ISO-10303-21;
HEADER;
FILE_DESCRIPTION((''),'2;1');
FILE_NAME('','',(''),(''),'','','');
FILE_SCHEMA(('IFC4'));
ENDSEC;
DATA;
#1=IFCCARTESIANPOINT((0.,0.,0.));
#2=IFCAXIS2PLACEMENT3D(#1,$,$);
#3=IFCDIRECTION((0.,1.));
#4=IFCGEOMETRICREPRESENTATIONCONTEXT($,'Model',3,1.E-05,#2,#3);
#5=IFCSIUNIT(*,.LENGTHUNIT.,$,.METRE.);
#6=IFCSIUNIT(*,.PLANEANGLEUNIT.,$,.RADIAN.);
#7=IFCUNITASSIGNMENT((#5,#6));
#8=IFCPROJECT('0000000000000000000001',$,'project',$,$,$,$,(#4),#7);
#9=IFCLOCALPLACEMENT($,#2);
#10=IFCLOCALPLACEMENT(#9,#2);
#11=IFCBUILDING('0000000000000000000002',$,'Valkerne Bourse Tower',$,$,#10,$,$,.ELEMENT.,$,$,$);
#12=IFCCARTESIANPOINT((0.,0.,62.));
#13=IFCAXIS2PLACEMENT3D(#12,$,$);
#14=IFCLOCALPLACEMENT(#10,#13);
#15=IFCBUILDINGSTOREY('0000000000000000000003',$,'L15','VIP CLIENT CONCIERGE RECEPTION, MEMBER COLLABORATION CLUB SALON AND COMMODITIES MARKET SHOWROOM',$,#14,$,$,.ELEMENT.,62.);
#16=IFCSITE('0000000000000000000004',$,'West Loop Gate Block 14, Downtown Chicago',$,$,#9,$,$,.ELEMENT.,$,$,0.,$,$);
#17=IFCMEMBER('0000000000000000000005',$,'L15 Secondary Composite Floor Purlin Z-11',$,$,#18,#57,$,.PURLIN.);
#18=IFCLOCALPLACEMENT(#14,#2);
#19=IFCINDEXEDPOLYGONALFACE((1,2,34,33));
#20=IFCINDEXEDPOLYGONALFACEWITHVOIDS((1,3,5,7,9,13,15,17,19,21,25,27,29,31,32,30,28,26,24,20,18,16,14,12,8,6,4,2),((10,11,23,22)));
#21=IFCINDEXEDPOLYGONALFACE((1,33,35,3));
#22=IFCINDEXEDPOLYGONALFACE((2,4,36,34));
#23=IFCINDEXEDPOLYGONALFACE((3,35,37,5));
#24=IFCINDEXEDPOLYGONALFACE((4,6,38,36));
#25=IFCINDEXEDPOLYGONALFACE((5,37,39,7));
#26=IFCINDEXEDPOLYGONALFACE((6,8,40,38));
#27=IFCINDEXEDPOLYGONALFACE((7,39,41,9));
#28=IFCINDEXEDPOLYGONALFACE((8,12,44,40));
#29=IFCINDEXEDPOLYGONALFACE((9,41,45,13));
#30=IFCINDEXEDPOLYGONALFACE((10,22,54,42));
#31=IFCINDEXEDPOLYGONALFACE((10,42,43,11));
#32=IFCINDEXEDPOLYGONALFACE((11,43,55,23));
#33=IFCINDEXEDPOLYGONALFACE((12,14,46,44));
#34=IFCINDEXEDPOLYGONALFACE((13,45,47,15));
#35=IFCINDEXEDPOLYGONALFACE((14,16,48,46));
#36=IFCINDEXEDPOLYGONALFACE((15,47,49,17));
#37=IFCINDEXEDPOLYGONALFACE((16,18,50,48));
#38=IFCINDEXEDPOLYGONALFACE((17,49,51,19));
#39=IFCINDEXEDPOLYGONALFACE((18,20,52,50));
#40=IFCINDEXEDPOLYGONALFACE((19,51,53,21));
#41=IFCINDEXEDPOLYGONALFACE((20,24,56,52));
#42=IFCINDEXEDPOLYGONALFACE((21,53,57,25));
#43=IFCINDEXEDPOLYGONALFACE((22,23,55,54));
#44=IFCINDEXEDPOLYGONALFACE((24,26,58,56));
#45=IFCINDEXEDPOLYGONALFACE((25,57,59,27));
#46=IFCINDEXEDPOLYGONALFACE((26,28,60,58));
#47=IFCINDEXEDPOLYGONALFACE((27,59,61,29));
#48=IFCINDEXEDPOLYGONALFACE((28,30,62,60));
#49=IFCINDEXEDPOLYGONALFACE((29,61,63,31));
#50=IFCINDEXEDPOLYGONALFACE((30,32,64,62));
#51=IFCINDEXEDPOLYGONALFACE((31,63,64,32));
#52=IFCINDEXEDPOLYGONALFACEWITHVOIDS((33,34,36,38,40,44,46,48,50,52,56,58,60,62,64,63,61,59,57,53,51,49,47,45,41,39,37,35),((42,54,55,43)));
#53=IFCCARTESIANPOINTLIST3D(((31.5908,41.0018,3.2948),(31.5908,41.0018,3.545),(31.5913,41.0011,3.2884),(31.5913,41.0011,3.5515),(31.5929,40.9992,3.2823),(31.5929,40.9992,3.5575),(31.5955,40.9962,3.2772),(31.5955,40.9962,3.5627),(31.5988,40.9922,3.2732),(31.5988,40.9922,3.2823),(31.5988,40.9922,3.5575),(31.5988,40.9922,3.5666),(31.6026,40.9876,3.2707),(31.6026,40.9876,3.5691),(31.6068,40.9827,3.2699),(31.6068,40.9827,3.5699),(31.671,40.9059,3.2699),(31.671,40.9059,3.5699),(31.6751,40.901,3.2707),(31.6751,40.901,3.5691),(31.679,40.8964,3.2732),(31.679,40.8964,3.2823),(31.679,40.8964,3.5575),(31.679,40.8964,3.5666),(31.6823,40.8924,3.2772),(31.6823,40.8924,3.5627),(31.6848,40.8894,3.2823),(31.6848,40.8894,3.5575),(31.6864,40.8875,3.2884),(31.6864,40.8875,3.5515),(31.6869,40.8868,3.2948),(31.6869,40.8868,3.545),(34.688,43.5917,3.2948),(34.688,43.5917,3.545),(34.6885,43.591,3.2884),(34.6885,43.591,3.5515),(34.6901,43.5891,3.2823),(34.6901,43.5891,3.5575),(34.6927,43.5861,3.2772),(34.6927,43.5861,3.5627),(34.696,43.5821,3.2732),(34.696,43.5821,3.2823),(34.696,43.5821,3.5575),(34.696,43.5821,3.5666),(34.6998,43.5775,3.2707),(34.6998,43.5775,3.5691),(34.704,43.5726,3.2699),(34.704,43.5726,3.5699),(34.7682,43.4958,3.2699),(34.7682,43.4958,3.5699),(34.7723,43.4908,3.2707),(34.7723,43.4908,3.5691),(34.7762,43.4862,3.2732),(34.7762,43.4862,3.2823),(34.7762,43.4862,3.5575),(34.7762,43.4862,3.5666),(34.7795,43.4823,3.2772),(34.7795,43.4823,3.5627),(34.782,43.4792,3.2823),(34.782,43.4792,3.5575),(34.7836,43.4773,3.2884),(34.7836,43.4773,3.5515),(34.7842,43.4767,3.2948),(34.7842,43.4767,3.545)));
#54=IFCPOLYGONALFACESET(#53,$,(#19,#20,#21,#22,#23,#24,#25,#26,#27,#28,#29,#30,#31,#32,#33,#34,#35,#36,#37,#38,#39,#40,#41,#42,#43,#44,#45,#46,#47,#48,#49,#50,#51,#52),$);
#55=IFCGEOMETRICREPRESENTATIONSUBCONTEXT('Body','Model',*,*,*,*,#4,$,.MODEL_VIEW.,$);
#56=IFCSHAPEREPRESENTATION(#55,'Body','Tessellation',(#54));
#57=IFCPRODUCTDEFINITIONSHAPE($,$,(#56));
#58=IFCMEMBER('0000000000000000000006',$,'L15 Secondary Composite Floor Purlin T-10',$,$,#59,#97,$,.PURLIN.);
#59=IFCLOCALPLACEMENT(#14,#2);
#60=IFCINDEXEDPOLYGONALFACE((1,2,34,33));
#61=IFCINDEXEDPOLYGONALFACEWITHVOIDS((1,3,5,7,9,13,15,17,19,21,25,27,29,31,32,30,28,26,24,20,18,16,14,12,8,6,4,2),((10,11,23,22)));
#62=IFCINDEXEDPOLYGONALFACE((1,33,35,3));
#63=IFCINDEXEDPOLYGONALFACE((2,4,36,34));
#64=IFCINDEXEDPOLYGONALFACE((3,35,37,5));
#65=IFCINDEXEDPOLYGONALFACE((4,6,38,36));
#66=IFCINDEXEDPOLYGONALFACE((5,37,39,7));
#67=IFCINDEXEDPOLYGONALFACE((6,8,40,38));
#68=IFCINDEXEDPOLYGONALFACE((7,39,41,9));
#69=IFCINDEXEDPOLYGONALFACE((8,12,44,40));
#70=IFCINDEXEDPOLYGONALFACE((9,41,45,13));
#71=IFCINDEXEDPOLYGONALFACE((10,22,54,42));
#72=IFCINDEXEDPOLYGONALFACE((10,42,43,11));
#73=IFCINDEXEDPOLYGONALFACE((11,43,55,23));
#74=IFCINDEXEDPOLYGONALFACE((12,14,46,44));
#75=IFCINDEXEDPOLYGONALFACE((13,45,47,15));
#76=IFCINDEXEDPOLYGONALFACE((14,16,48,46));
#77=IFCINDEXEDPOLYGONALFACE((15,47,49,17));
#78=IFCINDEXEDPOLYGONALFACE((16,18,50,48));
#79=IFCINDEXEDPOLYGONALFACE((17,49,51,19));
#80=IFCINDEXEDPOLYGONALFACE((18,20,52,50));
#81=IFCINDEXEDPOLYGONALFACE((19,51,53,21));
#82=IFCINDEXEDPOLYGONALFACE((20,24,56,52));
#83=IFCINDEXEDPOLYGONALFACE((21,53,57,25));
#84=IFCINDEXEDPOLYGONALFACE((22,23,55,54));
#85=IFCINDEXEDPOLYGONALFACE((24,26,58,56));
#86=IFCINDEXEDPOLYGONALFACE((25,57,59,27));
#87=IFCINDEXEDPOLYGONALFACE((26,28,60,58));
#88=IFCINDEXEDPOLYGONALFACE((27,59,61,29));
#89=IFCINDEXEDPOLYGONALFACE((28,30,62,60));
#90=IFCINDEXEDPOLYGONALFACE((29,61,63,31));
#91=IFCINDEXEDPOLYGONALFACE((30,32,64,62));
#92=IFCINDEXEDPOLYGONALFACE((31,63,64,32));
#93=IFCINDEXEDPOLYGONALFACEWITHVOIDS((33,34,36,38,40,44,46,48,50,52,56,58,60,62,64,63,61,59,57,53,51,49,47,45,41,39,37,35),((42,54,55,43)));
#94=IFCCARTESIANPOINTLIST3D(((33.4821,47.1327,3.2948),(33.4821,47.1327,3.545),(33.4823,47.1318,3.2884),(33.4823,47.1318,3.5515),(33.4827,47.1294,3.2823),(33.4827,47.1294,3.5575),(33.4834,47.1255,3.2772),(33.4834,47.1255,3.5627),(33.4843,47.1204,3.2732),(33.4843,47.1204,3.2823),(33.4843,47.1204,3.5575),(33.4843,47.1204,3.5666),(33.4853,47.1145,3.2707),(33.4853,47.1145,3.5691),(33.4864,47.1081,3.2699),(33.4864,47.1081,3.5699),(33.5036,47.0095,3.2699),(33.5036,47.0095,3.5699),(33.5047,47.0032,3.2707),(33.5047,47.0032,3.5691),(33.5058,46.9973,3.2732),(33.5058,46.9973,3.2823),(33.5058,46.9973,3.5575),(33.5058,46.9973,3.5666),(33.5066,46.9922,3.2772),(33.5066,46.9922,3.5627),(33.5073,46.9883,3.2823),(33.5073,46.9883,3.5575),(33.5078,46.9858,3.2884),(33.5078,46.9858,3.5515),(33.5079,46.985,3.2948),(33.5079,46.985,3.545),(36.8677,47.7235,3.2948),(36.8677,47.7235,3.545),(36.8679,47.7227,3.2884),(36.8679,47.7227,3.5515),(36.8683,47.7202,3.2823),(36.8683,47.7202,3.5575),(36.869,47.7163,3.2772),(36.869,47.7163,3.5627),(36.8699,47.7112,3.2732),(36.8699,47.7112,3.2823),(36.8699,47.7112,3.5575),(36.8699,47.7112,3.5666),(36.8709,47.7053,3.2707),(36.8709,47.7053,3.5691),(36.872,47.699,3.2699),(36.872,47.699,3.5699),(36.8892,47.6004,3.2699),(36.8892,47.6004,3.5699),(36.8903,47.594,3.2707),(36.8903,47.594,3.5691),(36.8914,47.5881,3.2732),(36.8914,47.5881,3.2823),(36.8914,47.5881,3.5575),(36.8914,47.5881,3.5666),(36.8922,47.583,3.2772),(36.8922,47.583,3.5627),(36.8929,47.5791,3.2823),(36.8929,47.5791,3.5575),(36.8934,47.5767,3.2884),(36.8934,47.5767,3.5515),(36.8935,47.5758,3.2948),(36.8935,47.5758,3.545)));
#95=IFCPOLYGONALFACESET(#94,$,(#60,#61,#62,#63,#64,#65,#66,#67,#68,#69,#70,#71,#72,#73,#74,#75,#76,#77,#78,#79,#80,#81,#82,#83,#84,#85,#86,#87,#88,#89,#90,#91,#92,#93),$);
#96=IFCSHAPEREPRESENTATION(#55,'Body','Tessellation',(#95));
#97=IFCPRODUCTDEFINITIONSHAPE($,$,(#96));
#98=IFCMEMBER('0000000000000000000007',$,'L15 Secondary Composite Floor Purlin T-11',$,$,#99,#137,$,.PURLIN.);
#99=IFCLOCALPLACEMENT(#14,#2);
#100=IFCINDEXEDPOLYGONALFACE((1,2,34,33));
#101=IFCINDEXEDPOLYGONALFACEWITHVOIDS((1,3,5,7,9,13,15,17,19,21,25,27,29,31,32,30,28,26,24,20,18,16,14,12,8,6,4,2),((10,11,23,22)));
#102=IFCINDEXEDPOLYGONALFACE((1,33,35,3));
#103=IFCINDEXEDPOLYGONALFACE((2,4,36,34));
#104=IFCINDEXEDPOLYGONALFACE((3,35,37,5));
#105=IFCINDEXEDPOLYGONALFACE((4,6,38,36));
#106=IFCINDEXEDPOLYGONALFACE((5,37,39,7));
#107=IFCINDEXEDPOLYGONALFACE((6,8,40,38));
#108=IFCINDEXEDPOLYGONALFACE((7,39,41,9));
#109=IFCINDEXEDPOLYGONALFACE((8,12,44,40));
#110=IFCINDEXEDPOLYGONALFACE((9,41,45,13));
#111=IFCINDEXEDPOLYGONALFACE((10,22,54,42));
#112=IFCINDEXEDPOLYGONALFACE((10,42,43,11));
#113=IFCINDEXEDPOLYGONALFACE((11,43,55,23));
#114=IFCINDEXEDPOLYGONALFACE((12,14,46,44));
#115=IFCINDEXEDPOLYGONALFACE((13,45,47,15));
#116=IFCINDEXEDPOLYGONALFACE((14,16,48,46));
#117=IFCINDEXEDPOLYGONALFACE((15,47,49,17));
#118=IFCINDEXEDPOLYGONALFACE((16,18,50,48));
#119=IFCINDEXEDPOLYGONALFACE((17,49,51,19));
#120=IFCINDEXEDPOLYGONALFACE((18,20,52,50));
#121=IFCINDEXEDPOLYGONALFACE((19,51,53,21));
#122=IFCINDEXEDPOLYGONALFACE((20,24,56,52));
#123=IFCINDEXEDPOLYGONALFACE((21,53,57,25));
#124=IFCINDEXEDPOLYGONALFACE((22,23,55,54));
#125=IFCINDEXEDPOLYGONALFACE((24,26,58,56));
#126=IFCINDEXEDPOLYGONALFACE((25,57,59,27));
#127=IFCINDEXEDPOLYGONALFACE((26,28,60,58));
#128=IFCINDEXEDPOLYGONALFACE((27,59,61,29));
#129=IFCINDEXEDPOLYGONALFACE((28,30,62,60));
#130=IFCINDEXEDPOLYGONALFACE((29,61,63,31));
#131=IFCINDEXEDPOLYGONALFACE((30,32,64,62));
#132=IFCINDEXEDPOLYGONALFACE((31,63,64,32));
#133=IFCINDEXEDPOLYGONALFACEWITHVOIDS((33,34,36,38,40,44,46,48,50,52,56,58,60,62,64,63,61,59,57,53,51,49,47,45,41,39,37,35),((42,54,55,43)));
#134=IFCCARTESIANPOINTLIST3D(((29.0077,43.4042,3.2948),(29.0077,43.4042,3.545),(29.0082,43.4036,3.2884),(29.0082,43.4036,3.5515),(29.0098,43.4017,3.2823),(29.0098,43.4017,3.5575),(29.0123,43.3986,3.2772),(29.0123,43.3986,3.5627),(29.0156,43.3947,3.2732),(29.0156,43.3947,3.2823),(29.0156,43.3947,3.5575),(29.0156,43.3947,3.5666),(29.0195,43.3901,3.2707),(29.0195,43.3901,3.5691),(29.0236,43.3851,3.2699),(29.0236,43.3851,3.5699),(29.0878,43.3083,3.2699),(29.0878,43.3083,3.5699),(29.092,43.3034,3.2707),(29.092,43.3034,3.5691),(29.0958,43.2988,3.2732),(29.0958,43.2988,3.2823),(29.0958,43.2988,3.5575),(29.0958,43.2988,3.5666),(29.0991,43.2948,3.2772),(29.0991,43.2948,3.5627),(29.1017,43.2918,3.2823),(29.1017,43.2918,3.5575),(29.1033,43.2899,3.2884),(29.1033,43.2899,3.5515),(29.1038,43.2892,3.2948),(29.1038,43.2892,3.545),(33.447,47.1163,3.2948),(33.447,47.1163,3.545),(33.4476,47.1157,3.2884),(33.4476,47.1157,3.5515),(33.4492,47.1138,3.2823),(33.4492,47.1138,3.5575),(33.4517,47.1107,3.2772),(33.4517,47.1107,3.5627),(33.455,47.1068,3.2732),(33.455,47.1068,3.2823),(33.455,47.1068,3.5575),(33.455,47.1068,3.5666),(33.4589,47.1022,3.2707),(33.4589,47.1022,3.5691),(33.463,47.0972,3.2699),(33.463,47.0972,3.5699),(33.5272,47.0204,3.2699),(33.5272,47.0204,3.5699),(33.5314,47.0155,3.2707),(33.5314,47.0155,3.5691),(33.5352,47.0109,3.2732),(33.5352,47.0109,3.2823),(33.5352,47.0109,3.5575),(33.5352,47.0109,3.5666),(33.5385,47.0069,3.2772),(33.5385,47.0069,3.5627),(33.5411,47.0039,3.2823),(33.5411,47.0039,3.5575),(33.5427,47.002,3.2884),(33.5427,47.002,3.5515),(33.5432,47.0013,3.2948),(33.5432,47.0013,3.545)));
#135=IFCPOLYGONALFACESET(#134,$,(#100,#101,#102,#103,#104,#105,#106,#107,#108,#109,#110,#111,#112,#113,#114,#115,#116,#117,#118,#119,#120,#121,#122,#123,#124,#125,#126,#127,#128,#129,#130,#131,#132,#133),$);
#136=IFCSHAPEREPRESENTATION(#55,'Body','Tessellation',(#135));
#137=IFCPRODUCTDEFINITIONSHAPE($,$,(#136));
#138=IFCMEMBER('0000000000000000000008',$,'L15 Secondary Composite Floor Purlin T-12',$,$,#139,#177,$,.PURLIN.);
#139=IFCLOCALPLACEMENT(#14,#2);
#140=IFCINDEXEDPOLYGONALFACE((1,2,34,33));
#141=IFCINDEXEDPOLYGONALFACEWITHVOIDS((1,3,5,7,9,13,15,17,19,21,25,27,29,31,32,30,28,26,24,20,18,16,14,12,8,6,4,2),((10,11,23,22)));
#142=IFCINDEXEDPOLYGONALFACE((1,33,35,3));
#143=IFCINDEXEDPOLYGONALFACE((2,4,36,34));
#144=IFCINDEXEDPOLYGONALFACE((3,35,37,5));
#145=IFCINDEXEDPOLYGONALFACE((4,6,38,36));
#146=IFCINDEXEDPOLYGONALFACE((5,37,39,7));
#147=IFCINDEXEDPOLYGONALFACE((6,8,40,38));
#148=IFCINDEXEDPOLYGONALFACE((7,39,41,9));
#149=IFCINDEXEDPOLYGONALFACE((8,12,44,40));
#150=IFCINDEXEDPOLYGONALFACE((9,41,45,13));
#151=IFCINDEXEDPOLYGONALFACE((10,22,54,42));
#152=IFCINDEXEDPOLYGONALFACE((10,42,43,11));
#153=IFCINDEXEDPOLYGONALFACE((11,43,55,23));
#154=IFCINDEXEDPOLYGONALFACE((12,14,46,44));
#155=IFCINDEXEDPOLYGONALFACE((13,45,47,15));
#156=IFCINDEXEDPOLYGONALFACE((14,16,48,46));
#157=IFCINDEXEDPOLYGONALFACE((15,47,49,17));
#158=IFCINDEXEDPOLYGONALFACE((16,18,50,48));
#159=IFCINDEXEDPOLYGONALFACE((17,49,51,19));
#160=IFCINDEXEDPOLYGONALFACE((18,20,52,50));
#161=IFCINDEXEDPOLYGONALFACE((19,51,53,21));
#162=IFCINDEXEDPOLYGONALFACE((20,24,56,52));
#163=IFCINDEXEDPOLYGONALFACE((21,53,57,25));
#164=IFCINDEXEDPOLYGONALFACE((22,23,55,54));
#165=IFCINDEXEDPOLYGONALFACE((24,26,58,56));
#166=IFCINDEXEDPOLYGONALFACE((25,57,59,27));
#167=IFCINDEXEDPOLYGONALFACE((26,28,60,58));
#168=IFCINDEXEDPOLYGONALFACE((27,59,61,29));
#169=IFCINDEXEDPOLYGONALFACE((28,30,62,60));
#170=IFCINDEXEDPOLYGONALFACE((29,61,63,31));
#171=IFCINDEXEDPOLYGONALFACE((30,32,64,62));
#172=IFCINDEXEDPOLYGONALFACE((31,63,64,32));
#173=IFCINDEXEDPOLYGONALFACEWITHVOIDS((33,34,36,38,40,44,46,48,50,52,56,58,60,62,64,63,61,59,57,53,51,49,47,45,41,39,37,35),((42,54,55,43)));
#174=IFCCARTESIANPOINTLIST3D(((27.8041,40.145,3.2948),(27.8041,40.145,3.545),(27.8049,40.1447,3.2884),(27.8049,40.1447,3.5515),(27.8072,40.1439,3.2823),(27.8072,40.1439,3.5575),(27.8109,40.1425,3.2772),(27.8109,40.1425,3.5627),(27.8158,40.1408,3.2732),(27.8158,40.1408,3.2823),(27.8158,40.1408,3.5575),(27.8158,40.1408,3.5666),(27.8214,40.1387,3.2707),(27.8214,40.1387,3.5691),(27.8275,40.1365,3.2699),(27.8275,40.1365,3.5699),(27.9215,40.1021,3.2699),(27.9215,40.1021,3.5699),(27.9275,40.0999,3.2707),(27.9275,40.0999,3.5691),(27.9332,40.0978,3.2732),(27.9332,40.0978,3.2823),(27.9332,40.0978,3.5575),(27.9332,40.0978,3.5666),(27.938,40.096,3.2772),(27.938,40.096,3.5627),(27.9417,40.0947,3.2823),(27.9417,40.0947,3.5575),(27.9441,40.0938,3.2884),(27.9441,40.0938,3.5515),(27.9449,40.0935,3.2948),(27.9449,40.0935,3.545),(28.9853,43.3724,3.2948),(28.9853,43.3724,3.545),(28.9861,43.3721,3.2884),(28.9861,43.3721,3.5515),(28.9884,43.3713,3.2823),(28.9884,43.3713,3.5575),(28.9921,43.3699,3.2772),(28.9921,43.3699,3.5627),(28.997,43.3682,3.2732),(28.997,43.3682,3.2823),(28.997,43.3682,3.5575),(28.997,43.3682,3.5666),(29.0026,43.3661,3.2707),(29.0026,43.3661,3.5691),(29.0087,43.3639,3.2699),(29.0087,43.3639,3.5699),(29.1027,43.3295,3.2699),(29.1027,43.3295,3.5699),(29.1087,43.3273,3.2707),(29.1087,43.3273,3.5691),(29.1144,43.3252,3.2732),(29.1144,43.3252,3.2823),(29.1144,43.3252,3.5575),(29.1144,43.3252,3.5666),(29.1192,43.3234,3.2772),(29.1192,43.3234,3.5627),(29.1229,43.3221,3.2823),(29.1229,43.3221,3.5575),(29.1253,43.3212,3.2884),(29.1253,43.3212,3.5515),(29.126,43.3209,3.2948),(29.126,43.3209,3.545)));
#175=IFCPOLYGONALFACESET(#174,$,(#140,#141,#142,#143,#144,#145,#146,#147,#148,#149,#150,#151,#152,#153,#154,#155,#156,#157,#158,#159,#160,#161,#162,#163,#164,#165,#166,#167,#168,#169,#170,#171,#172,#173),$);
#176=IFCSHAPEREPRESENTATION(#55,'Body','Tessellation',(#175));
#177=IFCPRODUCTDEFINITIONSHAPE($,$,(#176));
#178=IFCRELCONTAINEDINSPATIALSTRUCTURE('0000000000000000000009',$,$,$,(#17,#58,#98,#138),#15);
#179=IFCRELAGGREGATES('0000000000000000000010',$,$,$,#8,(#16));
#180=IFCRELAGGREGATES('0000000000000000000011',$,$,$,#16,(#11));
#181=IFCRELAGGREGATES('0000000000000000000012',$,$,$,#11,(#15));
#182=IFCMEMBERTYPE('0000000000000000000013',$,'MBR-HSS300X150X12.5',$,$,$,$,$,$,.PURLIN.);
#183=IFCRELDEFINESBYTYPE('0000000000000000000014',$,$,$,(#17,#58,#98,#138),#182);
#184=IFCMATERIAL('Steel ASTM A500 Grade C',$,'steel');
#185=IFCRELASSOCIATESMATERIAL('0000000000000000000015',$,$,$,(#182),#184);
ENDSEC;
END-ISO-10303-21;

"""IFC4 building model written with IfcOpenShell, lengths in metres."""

from ifc_helpers import new_model, si_unit, direction, frame, origin, origin_2d, place, context, subcontext, project, spatial, hollow_rectangle, extrude, material, material_profile, profile_set, type_object, element, save


model = new_model("IFC4")

# Units and contexts
model_context = context("Model", 3, precision=1e-05, world=origin(), true_north=direction((0.0, 1.0)))
body_context = subcontext(model_context, "Body", "Model", "MODEL_VIEW")
ifc_project = project(units=[si_unit("LENGTHUNIT", "METRE"), si_unit("PLANEANGLEUNIT", "RADIAN")], contexts=[model_context])

# Site, building, storey
site_placement = place(None, origin())
site = spatial("IfcSite", under=ifc_project, at=site_placement, Name="West Loop Gate Block 14, Downtown Chicago", CompositionType="ELEMENT", RefElevation=0.0)
building_placement = place(site_placement, origin())
building = spatial("IfcBuilding", under=site, at=building_placement, Name="Valkerne Bourse Tower", CompositionType="ELEMENT")
storey_placement = place(building_placement, frame((0.0, 0.0, 62.0)))
storey = spatial("IfcBuildingStorey", under=building, at=storey_placement, Name="L15", Description="VIP CLIENT CONCIERGE RECEPTION, MEMBER COLLABORATION CLUB SALON AND COMMODITIES MARKET SHOWROOM", CompositionType="ELEMENT", Elevation=62.0)

# Members
ifc_material_1 = material(Name="Steel ASTM A500 Grade C", Category="steel")
ifc_material_profile_1 = material_profile(ifc_material_1, hollow_rectangle(XDim=0.1499, YDim=0.3, WallThickness=0.0125, OuterFilletRadius=0.0249, at=origin_2d()), Name="HSS300X150X12.5")
ifc_profile_set_1 = profile_set([ifc_material_profile_1], Name="Steel ASTM A500 Grade C")
member_type_1 = type_object("IfcMemberType", Name="MBR-HSS300X150X12.5", PredefinedType="PURLIN", material=ifc_profile_set_1)
member_1_placement = place(storey_placement, frame((34.7361, 43.5342, 3.4199), z_axis=(-0.76714, -0.64148, 0.0), x_axis=(0.64148, -0.76714, 0.0)))
element("IfcMember", 1, at=member_1_placement, inside=storey, type_object=member_type_1, Name="L15 Secondary Composite Floor Purlin Z-11", PredefinedType="PURLIN", context=body_context, shape_type="SweptSolid", body=[
    extrude(hollow_rectangle(XDim=0.1499, YDim=0.3, WallThickness=0.0125, OuterFilletRadius=0.0249, at=origin_2d()), origin(), (0.0, 0.0, 1.0), 4.0374),
])
member_2_placement = place(storey_placement, frame((36.8806, 47.6497, 3.4199), z_axis=(-0.985111, -0.171917, 0.0), x_axis=(0.171917, -0.985111, 0.0)))
element("IfcMember", 2, at=member_2_placement, inside=storey, type_object=member_type_1, Name="L15 Secondary Composite Floor Purlin T-10", PredefinedType="PURLIN", context=body_context, shape_type="SweptSolid", body=[
    extrude(hollow_rectangle(XDim=0.1499, YDim=0.3, WallThickness=0.0125, OuterFilletRadius=0.0249, at=origin_2d()), origin(), (0.0, 0.0, 1.0), 3.4368),
])
member_3_placement = place(storey_placement, frame((33.4951, 47.0588, 3.4199), z_axis=(-0.767148, -0.64147, 0.0), x_axis=(0.64147, -0.767148, 0.0)))
element("IfcMember", 3, at=member_3_placement, inside=storey, type_object=member_type_1, Name="L15 Secondary Composite Floor Purlin T-11", PredefinedType="PURLIN", context=body_context, shape_type="SweptSolid", body=[
    extrude(hollow_rectangle(XDim=0.1499, YDim=0.3, WallThickness=0.0125, OuterFilletRadius=0.0249, at=origin_2d()), origin(), (0.0, 0.0, 1.0), 5.7869),
])
member_4_placement = place(storey_placement, frame((29.0557, 43.3467, 3.4199), z_axis=(-0.343693, -0.939082, 0.0), x_axis=(0.939082, -0.343693, 0.0)))
element("IfcMember", 4, at=member_4_placement, inside=storey, type_object=member_type_1, Name="L15 Secondary Composite Floor Purlin T-12", PredefinedType="PURLIN", context=body_context, shape_type="SweptSolid", body=[
    extrude(hollow_rectangle(XDim=0.1499, YDim=0.3, WallThickness=0.0125, OuterFilletRadius=0.0249, at=origin_2d()), origin(), (0.0, 0.0, 1.0), 3.4368),
])

save(model, "model.ifc")
